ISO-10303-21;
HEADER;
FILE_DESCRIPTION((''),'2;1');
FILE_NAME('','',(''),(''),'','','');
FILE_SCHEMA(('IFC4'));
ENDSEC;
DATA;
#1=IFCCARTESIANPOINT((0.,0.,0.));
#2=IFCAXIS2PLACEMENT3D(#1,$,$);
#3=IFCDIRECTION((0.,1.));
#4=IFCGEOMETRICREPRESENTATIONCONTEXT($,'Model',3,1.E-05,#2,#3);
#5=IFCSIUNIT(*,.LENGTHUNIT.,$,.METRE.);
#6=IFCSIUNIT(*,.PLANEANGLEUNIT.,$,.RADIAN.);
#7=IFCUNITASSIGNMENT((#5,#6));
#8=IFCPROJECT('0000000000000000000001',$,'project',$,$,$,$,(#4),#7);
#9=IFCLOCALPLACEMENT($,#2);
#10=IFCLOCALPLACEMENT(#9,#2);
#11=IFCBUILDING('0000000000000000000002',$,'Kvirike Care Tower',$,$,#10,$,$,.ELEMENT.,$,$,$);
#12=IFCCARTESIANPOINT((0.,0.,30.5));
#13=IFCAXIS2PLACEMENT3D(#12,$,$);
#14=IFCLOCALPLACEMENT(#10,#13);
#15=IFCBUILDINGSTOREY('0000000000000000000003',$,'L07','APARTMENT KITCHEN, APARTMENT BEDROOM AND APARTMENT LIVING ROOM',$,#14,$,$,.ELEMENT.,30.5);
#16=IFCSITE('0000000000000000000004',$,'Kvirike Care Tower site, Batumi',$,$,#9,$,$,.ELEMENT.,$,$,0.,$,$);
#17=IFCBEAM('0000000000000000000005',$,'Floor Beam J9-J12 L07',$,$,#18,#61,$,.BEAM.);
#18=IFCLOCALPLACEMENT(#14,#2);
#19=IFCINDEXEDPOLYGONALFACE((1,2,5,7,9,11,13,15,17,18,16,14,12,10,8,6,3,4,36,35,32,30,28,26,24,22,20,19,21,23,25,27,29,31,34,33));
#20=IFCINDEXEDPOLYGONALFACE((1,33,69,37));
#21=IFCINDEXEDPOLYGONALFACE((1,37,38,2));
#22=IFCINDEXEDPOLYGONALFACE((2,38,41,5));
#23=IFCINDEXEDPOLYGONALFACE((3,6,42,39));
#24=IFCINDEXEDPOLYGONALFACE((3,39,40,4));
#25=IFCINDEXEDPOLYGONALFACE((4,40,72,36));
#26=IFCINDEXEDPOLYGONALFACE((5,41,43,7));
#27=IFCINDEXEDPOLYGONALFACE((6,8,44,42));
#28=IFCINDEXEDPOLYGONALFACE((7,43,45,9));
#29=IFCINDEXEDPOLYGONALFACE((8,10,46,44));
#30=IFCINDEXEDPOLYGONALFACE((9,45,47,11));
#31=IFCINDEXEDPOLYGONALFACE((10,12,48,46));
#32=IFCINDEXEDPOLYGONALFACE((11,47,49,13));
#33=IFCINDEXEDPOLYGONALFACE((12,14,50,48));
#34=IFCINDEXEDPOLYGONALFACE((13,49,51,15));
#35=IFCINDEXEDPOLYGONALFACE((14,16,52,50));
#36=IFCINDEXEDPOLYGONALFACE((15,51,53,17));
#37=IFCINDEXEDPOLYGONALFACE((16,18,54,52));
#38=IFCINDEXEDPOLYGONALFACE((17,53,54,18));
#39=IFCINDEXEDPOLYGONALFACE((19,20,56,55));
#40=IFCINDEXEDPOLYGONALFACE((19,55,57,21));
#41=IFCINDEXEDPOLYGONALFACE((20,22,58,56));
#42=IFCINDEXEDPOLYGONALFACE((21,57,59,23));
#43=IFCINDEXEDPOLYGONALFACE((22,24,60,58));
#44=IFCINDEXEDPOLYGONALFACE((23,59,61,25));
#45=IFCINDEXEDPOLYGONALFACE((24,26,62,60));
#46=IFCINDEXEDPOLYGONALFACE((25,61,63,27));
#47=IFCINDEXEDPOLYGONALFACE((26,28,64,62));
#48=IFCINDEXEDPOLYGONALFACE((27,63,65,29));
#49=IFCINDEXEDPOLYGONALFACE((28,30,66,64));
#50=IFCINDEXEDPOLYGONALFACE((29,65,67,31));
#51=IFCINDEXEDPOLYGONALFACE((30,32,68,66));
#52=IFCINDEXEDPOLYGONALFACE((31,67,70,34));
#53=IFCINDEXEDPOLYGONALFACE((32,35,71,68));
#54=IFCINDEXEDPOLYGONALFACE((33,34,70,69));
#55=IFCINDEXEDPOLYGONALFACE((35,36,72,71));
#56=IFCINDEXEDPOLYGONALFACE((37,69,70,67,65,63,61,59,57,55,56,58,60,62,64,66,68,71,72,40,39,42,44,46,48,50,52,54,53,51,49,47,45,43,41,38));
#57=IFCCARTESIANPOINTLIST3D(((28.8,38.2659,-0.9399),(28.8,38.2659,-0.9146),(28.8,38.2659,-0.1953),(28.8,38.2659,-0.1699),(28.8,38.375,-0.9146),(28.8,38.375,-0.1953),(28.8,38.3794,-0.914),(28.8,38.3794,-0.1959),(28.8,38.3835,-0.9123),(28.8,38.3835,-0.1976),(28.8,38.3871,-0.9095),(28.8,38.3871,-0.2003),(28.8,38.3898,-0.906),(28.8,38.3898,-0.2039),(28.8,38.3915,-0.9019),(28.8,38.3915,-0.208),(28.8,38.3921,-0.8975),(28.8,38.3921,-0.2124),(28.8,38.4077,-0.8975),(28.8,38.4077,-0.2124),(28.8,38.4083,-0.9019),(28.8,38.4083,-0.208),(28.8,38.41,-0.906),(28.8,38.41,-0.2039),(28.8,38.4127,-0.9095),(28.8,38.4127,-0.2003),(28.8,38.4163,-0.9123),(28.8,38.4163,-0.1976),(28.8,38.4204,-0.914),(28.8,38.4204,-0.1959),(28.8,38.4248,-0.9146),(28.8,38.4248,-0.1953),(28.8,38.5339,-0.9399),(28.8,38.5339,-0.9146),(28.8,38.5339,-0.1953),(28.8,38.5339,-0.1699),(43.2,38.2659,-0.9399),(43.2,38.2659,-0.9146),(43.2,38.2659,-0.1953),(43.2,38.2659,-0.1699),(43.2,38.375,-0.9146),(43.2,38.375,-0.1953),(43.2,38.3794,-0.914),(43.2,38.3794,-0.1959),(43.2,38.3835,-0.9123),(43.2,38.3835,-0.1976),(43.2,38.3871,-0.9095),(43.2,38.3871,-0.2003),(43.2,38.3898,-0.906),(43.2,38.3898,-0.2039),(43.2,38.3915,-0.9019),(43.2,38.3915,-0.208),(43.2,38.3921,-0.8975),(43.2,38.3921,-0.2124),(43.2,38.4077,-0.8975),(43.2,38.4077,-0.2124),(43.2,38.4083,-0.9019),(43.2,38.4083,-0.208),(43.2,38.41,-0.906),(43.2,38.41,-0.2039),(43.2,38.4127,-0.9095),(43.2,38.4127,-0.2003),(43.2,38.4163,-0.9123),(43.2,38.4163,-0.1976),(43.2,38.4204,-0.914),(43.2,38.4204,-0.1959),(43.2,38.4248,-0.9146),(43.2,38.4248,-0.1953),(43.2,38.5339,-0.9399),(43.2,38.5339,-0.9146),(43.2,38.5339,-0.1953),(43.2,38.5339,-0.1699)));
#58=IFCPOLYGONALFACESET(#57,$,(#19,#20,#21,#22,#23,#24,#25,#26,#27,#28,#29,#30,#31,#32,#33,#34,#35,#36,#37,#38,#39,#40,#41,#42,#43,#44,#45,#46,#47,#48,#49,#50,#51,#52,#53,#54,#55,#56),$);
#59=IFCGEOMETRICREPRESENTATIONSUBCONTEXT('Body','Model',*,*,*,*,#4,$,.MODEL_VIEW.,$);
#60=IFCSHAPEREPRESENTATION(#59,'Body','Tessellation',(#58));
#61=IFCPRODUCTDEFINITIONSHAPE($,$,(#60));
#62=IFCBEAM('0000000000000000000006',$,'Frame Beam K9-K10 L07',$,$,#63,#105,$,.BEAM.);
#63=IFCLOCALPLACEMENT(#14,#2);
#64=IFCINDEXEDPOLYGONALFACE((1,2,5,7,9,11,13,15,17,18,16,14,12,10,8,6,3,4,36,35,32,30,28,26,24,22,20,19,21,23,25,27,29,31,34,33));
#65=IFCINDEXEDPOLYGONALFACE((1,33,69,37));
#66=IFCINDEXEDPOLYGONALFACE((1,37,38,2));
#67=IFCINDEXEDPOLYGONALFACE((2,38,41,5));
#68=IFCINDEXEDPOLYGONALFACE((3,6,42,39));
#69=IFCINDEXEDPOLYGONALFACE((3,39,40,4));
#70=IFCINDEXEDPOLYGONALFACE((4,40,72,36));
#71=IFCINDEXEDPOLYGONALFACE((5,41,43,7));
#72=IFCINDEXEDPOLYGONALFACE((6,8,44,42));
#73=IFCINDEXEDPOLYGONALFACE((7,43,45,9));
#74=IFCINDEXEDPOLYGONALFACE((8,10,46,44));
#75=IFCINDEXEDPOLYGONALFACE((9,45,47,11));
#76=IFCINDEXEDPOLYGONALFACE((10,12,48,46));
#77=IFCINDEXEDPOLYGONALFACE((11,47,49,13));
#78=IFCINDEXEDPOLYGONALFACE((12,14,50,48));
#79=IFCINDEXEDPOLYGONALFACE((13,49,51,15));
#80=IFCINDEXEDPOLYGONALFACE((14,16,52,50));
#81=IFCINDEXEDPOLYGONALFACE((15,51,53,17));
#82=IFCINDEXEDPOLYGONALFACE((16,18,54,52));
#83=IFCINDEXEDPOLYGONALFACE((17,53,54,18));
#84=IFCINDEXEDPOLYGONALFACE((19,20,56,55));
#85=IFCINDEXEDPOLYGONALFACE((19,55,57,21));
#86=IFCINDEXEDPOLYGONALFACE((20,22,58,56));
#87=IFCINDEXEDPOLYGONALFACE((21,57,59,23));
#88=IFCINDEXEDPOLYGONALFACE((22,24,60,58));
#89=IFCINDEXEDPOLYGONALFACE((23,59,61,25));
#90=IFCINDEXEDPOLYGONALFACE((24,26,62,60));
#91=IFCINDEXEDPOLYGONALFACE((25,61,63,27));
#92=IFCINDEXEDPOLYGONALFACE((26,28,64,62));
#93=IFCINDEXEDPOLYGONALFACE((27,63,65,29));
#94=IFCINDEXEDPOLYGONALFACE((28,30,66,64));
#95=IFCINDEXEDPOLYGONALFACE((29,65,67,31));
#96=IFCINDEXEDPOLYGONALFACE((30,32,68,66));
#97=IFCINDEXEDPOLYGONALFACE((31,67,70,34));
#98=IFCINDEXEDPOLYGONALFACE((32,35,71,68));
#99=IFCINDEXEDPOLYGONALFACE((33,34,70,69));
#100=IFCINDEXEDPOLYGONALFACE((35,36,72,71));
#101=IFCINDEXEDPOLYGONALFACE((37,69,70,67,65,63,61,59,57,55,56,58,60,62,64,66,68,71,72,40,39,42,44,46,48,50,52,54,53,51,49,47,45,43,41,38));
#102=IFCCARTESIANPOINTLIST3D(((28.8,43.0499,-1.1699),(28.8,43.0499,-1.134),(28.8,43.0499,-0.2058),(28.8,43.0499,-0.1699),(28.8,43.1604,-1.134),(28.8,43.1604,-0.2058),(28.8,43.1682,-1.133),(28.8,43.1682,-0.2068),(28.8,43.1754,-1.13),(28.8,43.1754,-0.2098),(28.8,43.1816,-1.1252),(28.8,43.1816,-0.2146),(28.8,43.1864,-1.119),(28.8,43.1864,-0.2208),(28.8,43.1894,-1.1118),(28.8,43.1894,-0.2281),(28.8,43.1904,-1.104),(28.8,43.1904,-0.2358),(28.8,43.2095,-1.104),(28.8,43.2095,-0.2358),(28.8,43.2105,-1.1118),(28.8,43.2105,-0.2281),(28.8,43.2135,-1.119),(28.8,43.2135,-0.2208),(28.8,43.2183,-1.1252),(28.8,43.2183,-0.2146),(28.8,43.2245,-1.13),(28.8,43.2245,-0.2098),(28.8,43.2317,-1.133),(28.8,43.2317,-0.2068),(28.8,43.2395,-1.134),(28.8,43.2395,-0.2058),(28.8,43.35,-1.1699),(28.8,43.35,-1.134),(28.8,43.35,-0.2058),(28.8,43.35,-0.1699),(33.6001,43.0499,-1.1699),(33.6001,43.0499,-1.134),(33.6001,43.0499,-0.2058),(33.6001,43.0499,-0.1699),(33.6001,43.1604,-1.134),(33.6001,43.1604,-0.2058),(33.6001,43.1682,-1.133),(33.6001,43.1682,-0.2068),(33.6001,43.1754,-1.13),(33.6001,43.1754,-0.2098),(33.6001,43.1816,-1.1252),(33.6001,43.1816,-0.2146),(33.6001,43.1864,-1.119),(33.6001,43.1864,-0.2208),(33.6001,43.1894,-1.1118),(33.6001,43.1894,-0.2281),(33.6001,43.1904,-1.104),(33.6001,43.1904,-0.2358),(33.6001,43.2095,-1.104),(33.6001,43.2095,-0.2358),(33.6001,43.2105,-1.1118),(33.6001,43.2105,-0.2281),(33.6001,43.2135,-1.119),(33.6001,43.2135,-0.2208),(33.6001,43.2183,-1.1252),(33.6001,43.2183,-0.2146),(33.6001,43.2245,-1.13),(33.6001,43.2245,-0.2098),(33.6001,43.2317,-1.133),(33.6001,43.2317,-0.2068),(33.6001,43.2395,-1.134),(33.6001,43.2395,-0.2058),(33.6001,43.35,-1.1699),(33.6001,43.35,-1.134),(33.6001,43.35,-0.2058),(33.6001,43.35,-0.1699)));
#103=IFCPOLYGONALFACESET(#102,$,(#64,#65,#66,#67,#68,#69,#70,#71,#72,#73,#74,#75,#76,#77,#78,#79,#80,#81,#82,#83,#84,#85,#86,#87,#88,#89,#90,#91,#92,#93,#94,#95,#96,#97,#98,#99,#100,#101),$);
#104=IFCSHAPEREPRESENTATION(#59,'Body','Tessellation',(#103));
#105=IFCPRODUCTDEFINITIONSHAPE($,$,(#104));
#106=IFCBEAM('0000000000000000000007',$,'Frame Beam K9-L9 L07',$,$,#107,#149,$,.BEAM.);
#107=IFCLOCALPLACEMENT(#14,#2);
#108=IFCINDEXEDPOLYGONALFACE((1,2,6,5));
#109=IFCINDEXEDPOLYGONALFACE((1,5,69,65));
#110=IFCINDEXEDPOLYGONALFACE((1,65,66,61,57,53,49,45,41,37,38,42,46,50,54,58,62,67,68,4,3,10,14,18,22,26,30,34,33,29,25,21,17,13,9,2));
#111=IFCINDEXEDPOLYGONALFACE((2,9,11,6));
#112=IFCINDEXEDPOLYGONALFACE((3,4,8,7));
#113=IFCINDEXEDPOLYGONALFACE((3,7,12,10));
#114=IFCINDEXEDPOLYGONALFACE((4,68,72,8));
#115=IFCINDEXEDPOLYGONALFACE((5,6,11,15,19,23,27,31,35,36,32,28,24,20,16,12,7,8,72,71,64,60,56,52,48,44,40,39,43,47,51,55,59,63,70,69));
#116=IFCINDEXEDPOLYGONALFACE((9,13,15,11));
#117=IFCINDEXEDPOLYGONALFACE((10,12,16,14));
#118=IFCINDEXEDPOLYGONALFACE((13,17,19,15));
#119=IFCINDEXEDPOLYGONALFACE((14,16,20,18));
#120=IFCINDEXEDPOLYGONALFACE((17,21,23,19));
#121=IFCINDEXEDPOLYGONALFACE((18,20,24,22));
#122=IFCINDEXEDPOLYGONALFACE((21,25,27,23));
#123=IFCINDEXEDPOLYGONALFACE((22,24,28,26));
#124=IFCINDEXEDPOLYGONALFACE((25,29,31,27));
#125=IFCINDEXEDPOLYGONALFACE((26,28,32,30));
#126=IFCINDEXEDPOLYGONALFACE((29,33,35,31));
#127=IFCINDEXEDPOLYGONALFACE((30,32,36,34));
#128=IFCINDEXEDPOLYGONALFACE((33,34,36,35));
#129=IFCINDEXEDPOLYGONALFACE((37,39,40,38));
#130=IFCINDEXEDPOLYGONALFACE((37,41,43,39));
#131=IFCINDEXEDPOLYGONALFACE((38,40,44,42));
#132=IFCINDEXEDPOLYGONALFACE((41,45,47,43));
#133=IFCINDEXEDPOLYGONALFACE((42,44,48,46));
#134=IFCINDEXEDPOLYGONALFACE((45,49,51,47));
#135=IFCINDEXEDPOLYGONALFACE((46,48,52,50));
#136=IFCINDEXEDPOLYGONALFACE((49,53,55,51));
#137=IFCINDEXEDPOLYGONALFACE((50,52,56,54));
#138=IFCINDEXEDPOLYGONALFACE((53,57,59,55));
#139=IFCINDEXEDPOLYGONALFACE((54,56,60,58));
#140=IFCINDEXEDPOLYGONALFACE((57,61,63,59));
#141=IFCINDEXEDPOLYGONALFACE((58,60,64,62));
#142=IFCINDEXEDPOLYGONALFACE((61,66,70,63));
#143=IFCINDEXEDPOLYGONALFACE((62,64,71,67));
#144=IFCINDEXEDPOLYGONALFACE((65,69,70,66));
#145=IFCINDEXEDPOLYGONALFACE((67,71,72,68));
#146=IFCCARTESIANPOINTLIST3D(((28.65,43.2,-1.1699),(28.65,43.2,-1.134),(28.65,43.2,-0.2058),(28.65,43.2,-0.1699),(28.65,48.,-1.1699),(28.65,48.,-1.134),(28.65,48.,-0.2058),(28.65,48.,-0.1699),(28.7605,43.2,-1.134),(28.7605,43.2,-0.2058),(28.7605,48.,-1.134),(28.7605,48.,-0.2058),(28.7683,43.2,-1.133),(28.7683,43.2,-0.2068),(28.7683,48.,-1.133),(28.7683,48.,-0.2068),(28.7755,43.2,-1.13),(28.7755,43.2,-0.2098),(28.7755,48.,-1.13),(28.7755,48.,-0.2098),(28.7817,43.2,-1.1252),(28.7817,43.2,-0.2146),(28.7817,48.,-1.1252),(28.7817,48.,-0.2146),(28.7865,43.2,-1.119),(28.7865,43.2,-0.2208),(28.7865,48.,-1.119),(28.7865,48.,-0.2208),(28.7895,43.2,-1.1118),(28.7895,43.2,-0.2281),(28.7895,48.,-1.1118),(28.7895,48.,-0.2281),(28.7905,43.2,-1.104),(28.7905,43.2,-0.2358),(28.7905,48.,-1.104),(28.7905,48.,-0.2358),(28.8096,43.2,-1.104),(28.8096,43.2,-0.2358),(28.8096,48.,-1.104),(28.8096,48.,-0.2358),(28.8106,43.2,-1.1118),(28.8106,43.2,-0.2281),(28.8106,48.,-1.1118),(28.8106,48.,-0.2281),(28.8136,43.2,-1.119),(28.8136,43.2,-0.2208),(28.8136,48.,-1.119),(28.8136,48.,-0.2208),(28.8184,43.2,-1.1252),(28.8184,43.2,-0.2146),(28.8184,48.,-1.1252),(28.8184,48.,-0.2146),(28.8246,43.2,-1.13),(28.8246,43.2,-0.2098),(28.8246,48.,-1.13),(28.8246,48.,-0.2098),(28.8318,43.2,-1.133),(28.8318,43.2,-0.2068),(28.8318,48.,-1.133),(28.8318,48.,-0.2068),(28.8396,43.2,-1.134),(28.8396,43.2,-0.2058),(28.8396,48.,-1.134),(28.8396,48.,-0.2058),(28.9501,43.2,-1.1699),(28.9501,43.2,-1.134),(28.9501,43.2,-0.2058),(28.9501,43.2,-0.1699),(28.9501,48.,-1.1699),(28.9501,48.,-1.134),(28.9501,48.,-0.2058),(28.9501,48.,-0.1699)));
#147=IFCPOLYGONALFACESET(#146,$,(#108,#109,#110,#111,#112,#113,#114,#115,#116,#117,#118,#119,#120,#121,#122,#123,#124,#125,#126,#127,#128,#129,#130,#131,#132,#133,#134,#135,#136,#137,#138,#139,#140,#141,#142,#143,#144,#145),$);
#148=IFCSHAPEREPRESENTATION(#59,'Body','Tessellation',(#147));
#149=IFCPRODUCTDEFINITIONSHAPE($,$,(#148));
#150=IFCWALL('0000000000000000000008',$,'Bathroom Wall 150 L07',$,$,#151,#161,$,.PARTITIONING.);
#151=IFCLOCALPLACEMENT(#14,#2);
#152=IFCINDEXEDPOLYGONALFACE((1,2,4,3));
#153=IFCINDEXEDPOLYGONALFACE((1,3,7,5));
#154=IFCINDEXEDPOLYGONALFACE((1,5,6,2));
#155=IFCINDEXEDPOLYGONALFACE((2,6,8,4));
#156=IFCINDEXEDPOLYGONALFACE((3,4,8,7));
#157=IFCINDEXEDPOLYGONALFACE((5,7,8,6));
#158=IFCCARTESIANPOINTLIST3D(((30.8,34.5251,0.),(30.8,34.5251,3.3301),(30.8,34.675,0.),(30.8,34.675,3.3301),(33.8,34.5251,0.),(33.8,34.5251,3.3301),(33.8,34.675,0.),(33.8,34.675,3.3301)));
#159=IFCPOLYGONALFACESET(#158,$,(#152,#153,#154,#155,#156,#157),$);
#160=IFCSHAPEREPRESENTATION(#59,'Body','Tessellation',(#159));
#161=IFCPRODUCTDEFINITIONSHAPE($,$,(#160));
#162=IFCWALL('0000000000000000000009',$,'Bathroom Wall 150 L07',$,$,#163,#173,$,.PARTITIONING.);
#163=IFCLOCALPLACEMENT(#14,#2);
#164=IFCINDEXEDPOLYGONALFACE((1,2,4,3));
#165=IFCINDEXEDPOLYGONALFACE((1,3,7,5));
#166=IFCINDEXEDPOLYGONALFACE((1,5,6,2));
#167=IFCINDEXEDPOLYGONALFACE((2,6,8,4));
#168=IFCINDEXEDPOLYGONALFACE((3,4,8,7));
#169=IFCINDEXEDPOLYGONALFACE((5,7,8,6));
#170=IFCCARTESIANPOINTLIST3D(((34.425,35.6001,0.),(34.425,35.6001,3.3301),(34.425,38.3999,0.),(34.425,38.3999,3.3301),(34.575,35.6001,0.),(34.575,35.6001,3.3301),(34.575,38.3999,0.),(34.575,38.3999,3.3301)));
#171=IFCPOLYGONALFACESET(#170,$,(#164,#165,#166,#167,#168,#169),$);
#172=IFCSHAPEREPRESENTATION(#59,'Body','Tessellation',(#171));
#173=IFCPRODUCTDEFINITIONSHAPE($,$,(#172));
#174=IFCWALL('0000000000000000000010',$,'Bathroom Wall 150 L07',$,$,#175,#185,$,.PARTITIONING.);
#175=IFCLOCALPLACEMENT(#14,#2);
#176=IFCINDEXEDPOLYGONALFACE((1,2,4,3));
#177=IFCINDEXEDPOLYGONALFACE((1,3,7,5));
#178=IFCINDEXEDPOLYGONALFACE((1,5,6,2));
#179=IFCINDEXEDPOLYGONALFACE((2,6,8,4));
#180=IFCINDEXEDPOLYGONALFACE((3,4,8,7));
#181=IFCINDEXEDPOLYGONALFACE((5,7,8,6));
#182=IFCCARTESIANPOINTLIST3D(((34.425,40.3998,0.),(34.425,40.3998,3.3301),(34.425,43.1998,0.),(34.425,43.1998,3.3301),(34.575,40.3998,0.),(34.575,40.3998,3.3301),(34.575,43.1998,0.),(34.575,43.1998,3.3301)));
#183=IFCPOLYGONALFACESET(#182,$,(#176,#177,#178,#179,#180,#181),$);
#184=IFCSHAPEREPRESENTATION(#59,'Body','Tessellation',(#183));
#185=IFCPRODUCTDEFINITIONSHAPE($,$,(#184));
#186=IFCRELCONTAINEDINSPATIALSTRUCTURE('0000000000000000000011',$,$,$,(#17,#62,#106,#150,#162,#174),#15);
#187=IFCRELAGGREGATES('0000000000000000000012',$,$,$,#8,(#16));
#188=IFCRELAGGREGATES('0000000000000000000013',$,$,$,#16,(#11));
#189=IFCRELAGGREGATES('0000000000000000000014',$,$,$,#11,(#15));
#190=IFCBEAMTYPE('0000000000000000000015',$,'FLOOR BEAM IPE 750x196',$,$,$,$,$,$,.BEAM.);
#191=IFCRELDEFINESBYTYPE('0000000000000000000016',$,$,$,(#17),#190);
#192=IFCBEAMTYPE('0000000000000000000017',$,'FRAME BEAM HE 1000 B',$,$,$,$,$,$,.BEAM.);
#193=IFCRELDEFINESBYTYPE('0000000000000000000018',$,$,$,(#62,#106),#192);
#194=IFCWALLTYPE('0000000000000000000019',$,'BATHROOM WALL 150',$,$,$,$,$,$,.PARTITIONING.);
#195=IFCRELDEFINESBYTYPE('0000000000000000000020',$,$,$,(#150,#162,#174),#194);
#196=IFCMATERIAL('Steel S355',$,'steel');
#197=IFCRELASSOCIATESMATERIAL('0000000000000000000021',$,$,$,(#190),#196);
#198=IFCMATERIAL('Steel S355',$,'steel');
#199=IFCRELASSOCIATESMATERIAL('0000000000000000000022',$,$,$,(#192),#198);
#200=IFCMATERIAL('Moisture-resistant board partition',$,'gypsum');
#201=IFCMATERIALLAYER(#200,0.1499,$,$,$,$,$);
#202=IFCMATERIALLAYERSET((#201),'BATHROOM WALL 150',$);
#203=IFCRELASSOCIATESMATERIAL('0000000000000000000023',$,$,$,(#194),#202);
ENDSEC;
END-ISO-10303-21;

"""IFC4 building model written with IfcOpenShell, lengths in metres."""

from ifc_helpers import new_model, si_unit, direction, frame, frame_2d, origin, origin_2d, place, context, subcontext, project, spatial, rectangle, i_section, extrude, material, layer, layer_set, material_profile, profile_set, type_object, element, save


model = new_model("IFC4")

# Units and contexts
model_context = context("Model", 3, precision=1e-05, world=origin(), true_north=direction((0.0, 1.0)))
body_context = subcontext(model_context, "Body", "Model", "MODEL_VIEW")
ifc_project = project(units=[si_unit("LENGTHUNIT", "METRE"), si_unit("PLANEANGLEUNIT", "RADIAN")], contexts=[model_context])

# Site, building, storey
site_placement = place(None, origin())
site = spatial("IfcSite", under=ifc_project, at=site_placement, Name="Kvirike Care Tower site, Batumi", CompositionType="ELEMENT", RefElevation=0.0)
building_placement = place(site_placement, origin())
building = spatial("IfcBuilding", under=site, at=building_placement, Name="Kvirike Care Tower", CompositionType="ELEMENT")
storey_placement = place(building_placement, frame((0.0, 0.0, 30.5)))
storey = spatial("IfcBuildingStorey", under=building, at=storey_placement, Name="L07", Description="APARTMENT KITCHEN, APARTMENT BEDROOM AND APARTMENT LIVING ROOM", CompositionType="ELEMENT", Elevation=30.5)

# Beams
ifc_material_1 = material(Name="Steel S355", Category="steel")
ifc_material_profile_1 = material_profile(ifc_material_1, i_section(OverallWidth=0.2681, OverallDepth=0.77, WebThickness=0.0156, FlangeThickness=0.0254, FilletRadius=0.0171, at=origin_2d()), Name="IPE 750x196")
ifc_profile_set_1 = profile_set([ifc_material_profile_1], Name="Steel S355")
beam_type_1 = type_object("IfcBeamType", Name="FLOOR BEAM IPE 750x196", PredefinedType="BEAM", material=ifc_profile_set_1)
beam_placement = place(storey_placement, frame((28.8, 38.3999, -0.5549), z_axis=(1.0, 0.0, 0.0), x_axis=(0.0, 1.0, 0.0)))
element("IfcBeam", 1, at=beam_placement, inside=storey, type_object=beam_type_1, Name="Floor Beam J9-J12 L07", PredefinedType="BEAM", context=body_context, shape_type="SweptSolid", body=[
    extrude(i_section(OverallWidth=0.2681, OverallDepth=0.77, WebThickness=0.0156, FlangeThickness=0.0254, FilletRadius=0.0171, at=origin_2d()), origin(), (0.0, 0.0, 1.0), 14.3999),
])
ifc_material_2 = material(Name="Steel S355", Category="steel")
ifc_material_profile_2 = material_profile(ifc_material_2, i_section(OverallWidth=0.3, OverallDepth=1.0, WebThickness=0.019, FlangeThickness=0.0359, FilletRadius=0.03, at=origin_2d()), Name="HE 1000 B")
ifc_profile_set_2 = profile_set([ifc_material_profile_2], Name="Steel S355")
beam_type_2 = type_object("IfcBeamType", Name="FRAME BEAM HE 1000 B", PredefinedType="BEAM", material=ifc_profile_set_2)
for number, where, z_axis, x_axis, name in (
    (2, (28.8, 43.2, -0.6699), (1.0, 0.0, 0.0), (0.0, 1.0, 0.0), "Frame Beam K9-K10 L07"),
    (3, (28.8, 43.2, -0.6699), (0.0, 1.0, 0.0), (-1.0, 0.0, 0.0), "Frame Beam K9-L9 L07"),
):
    element("IfcBeam", number, at=place(storey_placement, frame(where, z_axis=z_axis, x_axis=x_axis)), inside=storey, type_object=beam_type_2, Name=name, PredefinedType="BEAM", context=body_context, shape_type="SweptSolid", body=[
        extrude(i_section(OverallWidth=0.3, OverallDepth=1.0, WebThickness=0.019, FlangeThickness=0.0359, FilletRadius=0.03, at=origin_2d()), origin(), (0.0, 0.0, 1.0), 4.8),
    ])

# Walls
ifc_material_3 = material(Name="Moisture-resistant board partition", Category="gypsum")
ifc_layer_1 = layer(ifc_material_3, 0.1499)
ifc_layer_set_1 = layer_set([ifc_layer_1], Name="BATHROOM WALL 150")
wall_type_1 = type_object("IfcWallType", Name="BATHROOM WALL 150", PredefinedType="PARTITIONING", material=ifc_layer_set_1)
wall_1_placement = place(storey_placement, frame((33.8, 34.6001, 0.0), z_axis=(0.0, 0.0, 1.0), x_axis=(-1.0, 0.0, 0.0)))
element("IfcWall", 4, at=wall_1_placement, inside=storey, type_object=wall_type_1, Name="Bathroom Wall 150 L07", PredefinedType="PARTITIONING", context=body_context, shape_type="SweptSolid", body=[
    extrude(rectangle(XDim=3.0, YDim=0.1499, at=frame_2d((1.5, 0.0))), origin(), (0.0, 0.0, 1.0), 3.3301),
])
wall_2_placement = place(storey_placement, frame((34.5, 35.6001, 0.0), z_axis=(0.0, 0.0, 1.0), x_axis=(0.0, 1.0, 0.0)))
element("IfcWall", 5, at=wall_2_placement, inside=storey, type_object=wall_type_1, Name="Bathroom Wall 150 L07", PredefinedType="PARTITIONING", context=body_context, shape_type="SweptSolid", body=[
    extrude(rectangle(XDim=2.7998, YDim=0.1499, at=frame_2d((1.3999, 0.0))), origin(), (0.0, 0.0, 1.0), 3.3301),
])
wall_3_placement = place(storey_placement, frame((34.5, 40.3999, 0.0), z_axis=(0.0, 0.0, 1.0), x_axis=(0.0, 1.0, 0.0)))
element("IfcWall", 6, at=wall_3_placement, inside=storey, type_object=wall_type_1, Name="Bathroom Wall 150 L07", PredefinedType="PARTITIONING", context=body_context, shape_type="SweptSolid", body=[
    extrude(rectangle(XDim=2.8, YDim=0.1499, at=frame_2d((1.3999, 0.0))), origin(), (0.0, 0.0, 1.0), 3.3301),
])

save(model, "model.ifc")
